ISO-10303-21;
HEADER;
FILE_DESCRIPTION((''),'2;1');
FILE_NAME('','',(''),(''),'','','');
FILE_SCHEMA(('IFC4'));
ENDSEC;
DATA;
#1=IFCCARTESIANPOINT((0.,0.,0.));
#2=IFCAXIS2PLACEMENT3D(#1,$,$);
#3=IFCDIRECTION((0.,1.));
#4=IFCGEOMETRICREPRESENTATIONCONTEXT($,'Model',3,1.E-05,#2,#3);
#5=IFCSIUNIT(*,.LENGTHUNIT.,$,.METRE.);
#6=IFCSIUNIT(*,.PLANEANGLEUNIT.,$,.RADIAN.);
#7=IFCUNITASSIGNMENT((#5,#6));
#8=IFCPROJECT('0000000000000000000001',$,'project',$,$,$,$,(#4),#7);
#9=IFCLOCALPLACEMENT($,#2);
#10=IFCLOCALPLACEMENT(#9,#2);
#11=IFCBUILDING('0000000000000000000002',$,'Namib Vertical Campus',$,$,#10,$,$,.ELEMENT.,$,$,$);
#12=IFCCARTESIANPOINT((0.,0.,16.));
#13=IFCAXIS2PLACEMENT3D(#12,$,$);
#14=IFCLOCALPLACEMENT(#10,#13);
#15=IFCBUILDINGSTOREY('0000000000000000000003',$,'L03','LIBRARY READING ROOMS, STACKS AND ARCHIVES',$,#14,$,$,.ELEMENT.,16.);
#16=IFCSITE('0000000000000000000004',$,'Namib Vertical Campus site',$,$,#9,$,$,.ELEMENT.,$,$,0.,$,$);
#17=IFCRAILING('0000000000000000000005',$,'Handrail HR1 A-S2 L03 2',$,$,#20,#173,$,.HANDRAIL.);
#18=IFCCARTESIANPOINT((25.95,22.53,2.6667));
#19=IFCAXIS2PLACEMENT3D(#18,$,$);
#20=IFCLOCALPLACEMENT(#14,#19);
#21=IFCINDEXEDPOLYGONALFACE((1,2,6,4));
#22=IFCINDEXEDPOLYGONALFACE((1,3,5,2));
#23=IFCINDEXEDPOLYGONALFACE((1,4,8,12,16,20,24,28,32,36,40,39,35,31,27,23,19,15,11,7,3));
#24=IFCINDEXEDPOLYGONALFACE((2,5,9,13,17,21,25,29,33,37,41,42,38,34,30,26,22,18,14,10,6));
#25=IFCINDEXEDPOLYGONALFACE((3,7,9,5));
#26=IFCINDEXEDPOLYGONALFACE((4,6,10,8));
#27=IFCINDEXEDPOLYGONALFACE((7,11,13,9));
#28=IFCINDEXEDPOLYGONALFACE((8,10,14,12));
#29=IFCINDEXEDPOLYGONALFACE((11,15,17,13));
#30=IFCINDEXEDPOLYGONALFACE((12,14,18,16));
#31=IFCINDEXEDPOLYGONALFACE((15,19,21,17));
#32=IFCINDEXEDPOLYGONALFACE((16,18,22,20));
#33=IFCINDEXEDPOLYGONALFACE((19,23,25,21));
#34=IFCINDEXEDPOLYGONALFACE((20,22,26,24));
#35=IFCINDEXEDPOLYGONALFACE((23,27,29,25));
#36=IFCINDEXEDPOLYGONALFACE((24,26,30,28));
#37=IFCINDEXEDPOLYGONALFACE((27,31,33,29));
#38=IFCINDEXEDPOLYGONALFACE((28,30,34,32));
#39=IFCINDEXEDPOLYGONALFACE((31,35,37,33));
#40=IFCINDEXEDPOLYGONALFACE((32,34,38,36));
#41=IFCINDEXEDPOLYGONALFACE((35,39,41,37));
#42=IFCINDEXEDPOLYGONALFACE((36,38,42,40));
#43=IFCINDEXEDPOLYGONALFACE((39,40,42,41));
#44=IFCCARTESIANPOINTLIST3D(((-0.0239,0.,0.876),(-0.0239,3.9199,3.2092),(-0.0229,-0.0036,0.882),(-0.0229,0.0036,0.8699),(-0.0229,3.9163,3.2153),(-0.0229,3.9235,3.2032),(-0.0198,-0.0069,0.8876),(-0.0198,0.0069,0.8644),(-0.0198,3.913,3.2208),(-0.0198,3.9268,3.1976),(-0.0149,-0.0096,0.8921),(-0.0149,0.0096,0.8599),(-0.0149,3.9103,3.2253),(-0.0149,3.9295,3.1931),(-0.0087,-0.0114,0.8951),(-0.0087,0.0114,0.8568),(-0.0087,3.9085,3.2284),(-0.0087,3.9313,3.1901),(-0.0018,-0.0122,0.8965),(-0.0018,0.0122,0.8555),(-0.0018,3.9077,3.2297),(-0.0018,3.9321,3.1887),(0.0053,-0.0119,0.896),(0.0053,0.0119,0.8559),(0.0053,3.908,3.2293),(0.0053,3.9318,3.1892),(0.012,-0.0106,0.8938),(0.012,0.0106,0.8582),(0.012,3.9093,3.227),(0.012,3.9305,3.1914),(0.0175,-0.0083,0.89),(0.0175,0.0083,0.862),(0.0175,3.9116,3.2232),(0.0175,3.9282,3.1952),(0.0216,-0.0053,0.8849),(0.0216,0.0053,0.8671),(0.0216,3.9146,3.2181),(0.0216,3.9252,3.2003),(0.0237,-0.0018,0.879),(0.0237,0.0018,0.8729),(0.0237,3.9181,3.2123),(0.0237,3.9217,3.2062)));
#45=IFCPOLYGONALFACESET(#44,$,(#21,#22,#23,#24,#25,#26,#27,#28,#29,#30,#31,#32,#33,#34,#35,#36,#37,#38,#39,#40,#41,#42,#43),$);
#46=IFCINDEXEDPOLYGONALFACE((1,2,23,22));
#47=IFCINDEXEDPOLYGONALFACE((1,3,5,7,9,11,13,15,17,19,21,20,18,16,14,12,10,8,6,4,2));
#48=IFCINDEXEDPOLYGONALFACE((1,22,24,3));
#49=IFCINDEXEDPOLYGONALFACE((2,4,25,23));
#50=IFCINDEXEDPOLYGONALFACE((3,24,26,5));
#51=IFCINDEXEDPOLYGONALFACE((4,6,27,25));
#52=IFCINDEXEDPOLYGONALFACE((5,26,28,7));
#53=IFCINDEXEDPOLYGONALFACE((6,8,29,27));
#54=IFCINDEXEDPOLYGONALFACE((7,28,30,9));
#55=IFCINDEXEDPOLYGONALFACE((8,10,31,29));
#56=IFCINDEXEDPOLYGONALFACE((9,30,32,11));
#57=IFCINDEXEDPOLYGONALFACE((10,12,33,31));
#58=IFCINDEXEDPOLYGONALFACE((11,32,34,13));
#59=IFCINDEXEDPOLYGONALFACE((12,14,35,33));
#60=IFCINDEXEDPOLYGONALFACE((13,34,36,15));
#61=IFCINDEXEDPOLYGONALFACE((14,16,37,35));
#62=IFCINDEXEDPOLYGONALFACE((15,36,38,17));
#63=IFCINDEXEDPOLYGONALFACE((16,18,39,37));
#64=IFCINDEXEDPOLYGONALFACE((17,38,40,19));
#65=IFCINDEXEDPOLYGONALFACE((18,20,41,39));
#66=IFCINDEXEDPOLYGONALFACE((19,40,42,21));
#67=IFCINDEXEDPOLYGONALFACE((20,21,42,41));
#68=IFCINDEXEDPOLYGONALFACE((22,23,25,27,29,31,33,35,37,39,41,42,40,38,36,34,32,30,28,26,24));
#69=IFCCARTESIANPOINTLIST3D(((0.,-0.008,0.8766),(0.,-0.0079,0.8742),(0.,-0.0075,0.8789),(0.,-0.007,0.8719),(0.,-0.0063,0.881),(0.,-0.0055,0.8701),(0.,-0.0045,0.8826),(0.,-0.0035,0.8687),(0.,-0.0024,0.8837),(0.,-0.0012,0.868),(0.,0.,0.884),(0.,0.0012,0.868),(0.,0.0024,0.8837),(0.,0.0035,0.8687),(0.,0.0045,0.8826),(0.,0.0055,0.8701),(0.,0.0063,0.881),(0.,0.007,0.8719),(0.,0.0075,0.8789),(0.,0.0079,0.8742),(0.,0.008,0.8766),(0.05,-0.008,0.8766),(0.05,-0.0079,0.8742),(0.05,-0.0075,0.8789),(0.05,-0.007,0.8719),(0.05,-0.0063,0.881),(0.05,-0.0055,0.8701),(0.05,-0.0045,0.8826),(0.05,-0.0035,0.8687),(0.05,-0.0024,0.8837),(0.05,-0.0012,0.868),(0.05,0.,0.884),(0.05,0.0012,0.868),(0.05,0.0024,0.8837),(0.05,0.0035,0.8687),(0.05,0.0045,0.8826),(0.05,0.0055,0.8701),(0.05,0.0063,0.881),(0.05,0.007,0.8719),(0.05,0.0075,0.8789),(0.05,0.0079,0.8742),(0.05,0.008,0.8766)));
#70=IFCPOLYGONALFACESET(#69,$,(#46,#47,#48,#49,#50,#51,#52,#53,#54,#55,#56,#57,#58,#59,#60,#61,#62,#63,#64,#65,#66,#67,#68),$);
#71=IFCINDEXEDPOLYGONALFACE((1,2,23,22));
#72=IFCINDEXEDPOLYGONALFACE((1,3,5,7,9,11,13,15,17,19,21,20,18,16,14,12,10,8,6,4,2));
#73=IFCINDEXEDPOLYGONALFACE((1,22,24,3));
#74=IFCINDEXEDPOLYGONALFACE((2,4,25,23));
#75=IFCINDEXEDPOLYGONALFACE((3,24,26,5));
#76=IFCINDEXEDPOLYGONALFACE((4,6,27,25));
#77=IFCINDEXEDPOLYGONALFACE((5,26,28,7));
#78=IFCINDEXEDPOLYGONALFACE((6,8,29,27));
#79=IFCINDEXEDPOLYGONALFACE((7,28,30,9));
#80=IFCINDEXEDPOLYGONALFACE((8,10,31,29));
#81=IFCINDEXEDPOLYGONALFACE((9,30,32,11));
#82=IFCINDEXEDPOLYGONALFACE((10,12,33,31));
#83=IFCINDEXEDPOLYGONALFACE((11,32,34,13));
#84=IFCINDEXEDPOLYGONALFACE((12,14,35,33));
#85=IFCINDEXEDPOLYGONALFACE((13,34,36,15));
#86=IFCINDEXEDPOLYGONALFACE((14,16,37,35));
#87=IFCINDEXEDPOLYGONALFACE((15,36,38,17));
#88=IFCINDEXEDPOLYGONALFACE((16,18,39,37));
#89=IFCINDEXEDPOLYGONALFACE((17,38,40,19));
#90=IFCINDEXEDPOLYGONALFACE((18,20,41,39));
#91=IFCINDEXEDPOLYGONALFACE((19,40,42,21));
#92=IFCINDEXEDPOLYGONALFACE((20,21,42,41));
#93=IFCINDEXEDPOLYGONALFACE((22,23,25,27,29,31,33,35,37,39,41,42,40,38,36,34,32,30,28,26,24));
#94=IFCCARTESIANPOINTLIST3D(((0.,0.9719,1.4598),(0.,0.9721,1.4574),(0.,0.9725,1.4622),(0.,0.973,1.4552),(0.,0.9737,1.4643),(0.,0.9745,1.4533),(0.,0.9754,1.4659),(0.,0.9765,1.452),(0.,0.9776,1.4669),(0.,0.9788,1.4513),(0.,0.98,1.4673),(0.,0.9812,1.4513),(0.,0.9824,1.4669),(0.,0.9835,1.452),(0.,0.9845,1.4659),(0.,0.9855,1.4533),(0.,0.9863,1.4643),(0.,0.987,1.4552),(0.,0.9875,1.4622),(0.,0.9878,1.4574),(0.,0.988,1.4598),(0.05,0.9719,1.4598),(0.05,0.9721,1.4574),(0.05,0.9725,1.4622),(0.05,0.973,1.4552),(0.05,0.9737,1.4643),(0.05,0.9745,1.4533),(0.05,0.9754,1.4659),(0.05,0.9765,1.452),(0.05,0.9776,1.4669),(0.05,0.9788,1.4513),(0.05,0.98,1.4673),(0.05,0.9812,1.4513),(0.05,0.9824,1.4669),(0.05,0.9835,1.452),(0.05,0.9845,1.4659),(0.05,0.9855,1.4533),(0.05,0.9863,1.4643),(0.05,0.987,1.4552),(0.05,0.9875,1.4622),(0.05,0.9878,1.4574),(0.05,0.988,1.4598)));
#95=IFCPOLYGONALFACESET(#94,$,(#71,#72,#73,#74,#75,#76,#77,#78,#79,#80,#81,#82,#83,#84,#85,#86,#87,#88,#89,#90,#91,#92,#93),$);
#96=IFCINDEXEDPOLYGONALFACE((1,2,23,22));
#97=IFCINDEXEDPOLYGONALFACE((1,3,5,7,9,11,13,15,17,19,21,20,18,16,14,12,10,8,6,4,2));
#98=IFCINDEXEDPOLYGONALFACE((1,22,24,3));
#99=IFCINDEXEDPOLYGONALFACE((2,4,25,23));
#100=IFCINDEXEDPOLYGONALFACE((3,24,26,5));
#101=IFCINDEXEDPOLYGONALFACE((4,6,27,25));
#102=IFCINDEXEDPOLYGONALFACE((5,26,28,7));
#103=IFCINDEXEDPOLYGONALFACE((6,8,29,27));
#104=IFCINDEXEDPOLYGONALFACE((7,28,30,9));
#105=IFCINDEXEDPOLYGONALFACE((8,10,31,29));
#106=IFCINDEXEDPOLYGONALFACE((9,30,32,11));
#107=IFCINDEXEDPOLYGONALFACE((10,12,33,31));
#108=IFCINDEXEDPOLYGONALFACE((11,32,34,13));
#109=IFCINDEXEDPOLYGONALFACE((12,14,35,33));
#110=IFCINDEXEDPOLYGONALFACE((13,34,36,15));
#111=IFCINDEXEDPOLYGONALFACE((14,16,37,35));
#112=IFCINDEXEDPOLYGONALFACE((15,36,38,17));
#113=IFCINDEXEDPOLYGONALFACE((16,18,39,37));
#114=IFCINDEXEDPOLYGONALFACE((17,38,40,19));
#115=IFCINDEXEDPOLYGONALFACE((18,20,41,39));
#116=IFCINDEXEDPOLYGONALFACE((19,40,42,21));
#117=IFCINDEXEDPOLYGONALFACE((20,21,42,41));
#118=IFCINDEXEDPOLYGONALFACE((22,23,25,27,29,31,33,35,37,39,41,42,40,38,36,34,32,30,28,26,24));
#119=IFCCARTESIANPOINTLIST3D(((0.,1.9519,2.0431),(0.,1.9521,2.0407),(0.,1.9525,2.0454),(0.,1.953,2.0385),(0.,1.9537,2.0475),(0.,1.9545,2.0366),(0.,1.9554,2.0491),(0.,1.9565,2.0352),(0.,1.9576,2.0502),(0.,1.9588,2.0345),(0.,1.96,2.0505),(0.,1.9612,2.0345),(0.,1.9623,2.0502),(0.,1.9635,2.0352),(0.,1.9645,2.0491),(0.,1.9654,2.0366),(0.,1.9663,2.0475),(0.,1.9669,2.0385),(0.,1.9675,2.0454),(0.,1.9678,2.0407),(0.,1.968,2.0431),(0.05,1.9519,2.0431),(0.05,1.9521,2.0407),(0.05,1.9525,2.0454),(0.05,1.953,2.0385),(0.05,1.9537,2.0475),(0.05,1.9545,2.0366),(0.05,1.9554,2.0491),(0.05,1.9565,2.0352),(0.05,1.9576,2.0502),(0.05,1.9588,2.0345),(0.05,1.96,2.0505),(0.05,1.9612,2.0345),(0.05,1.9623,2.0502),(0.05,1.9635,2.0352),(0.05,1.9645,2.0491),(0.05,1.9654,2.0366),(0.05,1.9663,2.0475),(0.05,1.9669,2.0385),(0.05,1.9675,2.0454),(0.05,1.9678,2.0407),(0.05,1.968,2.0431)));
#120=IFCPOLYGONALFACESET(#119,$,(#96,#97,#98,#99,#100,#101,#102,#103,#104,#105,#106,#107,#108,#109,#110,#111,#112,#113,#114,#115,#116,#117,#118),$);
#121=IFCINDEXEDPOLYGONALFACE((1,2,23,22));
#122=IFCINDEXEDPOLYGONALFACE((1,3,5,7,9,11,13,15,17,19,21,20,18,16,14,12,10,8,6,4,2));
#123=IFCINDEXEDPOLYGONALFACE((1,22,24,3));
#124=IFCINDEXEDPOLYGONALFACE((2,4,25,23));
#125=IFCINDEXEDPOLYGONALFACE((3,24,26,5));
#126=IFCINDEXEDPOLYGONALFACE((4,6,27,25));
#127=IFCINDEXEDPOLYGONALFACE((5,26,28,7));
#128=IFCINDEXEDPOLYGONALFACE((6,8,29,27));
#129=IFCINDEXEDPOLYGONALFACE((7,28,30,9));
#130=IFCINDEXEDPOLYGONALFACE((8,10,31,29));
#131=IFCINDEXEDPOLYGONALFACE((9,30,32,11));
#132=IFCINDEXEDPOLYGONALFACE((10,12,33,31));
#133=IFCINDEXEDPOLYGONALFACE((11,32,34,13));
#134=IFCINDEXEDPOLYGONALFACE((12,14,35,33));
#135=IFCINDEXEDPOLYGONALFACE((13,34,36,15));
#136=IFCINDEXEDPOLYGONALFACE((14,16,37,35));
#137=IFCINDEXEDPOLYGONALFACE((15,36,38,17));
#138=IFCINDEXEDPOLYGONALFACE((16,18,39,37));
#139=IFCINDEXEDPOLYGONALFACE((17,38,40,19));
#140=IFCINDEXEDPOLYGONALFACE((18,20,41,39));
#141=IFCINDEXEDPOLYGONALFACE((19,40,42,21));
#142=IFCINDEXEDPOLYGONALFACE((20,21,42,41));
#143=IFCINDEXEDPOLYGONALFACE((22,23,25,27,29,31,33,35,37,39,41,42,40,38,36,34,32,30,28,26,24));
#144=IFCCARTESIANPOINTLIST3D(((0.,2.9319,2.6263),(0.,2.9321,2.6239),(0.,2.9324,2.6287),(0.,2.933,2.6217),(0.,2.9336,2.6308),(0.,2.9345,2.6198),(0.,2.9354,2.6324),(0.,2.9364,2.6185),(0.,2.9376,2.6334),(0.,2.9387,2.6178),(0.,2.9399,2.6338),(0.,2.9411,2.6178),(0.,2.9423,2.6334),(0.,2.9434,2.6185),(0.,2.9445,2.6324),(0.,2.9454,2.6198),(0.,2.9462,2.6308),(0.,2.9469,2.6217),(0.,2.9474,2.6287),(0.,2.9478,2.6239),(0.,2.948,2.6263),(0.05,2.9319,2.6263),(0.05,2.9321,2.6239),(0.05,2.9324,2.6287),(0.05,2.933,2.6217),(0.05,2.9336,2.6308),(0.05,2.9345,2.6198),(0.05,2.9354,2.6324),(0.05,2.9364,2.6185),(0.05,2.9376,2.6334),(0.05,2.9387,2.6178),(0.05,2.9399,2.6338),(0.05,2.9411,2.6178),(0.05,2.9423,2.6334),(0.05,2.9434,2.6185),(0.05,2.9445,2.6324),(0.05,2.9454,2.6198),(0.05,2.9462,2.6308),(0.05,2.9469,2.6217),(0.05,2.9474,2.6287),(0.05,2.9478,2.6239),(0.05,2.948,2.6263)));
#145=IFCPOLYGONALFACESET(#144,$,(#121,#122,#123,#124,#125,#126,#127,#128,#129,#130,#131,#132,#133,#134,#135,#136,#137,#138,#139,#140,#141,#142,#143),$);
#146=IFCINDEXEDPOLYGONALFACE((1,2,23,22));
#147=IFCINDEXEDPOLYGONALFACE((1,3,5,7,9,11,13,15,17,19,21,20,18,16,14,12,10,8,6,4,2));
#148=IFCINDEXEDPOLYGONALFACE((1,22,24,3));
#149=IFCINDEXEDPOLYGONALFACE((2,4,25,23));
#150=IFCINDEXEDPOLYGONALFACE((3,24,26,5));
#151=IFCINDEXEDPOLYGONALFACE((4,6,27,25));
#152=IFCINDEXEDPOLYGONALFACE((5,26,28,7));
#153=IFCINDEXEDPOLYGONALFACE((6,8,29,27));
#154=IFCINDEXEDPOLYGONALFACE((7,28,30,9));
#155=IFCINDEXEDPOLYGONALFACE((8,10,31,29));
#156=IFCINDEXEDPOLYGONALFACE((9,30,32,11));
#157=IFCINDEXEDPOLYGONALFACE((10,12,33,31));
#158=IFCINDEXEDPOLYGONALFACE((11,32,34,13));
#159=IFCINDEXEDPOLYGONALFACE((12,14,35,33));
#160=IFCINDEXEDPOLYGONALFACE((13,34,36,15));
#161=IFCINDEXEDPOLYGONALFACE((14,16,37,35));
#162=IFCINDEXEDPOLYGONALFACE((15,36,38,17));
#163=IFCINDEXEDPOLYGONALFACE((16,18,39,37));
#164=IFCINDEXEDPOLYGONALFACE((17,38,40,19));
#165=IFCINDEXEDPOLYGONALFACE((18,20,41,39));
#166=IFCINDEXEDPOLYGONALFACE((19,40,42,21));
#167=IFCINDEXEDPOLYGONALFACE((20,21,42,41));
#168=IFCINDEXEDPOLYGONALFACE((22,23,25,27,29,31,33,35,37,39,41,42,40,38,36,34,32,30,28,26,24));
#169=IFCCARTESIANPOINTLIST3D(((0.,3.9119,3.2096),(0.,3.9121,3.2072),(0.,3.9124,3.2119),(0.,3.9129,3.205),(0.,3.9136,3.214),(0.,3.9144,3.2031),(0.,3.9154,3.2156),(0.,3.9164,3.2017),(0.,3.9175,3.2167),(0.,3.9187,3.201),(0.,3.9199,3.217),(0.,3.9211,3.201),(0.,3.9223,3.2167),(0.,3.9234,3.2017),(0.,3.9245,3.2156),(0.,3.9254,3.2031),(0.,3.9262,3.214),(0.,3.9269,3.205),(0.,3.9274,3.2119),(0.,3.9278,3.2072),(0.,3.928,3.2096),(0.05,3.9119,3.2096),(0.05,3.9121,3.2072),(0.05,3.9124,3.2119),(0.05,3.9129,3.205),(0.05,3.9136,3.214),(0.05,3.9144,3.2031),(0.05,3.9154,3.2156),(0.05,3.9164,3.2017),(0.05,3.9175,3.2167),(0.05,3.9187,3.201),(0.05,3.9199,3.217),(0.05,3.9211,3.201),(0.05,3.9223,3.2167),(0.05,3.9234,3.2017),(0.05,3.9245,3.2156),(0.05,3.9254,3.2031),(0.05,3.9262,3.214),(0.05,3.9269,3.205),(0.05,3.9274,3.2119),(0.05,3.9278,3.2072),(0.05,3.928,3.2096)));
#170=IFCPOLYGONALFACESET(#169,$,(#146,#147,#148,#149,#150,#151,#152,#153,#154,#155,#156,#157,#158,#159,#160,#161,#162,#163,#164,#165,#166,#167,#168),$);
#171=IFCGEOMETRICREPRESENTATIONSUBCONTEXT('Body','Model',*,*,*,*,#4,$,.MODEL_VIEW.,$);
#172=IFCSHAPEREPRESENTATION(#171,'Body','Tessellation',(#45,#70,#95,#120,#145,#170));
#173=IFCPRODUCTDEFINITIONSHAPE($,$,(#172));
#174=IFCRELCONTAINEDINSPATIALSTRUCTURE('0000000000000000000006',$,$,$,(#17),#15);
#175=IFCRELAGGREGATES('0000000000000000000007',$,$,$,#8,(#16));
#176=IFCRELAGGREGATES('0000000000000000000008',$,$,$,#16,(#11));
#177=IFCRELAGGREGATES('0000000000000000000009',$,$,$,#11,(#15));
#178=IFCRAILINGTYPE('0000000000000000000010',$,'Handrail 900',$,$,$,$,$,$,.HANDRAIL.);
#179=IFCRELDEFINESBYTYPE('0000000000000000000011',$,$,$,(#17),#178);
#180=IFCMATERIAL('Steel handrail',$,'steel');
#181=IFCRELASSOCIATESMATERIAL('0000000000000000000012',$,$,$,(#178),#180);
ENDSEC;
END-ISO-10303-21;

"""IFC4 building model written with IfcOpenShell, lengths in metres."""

from ifc_helpers import new_model, si_unit, direction, frame, origin, origin_2d, place, context, subcontext, project, spatial, circle, extrude, material, type_object, element, save


model = new_model("IFC4")

# Units and contexts
model_context = context("Model", 3, precision=1e-05, world=origin(), true_north=direction((0.0, 1.0)))
body_context = subcontext(model_context, "Body", "Model", "MODEL_VIEW")
ifc_project = project(units=[si_unit("LENGTHUNIT", "METRE"), si_unit("PLANEANGLEUNIT", "RADIAN")], contexts=[model_context])

# Site, building, storey
site_placement = place(None, origin())
site = spatial("IfcSite", under=ifc_project, at=site_placement, Name="Namib Vertical Campus site", CompositionType="ELEMENT", RefElevation=0.0)
building_placement = place(site_placement, origin())
building = spatial("IfcBuilding", under=site, at=building_placement, Name="Namib Vertical Campus", CompositionType="ELEMENT")
storey_placement = place(building_placement, frame((0.0, 0.0, 16.0)))
storey = spatial("IfcBuildingStorey", under=building, at=storey_placement, Name="L03", Description="LIBRARY READING ROOMS, STACKS AND ARCHIVES", CompositionType="ELEMENT", Elevation=16.0)

# Railing
ifc_material_1 = material(Name="Steel handrail", Category="steel")
railing_type_1 = type_object("IfcRailingType", Name="Handrail 900", PredefinedType="HANDRAIL", material=ifc_material_1)
railing_1_placement = place(storey_placement, frame((25.95, 22.53, 2.6667)))
element("IfcRailing", 1, at=railing_1_placement, inside=storey, type_object=railing_type_1, Name="Handrail HR1 A-S2 L03 2", PredefinedType="HANDRAIL", context=body_context, shape_type="SweptSolid", body=[
    extrude(circle(Radius=0.0239, at=origin_2d()), frame((0.0, 0.0, 0.876), z_axis=(0.0, 0.859296, 0.511478), x_axis=(-1.0, 0.0, 0.0)), (0.0, 0.0, 1.0), 4.5618),
    extrude(circle(Radius=0.0081, at=origin_2d()), frame((0.0, 0.0, 0.876), z_axis=(1.0, 0.0, 0.0), x_axis=(0.0, 0.0, 1.0)), (0.0, 0.0, 1.0), 0.05),
    extrude(circle(Radius=0.0081, at=origin_2d()), frame((0.0, 0.98, 1.4592), z_axis=(1.0, 0.0, 0.0), x_axis=(0.0, 0.0, 1.0)), (0.0, 0.0, 1.0), 0.05),
    extrude(circle(Radius=0.0081, at=origin_2d()), frame((0.0, 1.96, 2.0425), z_axis=(1.0, 0.0, 0.0), x_axis=(0.0, 0.0, 1.0)), (0.0, 0.0, 1.0), 0.05),
    extrude(circle(Radius=0.0081, at=origin_2d()), frame((0.0, 2.9399, 2.6257), z_axis=(1.0, 0.0, 0.0), x_axis=(0.0, 0.0, 1.0)), (0.0, 0.0, 1.0), 0.05),
    extrude(circle(Radius=0.0081, at=origin_2d()), frame((0.0, 3.9199, 3.209), z_axis=(1.0, 0.0, 0.0), x_axis=(0.0, 0.0, 1.0)), (0.0, 0.0, 1.0), 0.05),
])

save(model, "model.ifc")
